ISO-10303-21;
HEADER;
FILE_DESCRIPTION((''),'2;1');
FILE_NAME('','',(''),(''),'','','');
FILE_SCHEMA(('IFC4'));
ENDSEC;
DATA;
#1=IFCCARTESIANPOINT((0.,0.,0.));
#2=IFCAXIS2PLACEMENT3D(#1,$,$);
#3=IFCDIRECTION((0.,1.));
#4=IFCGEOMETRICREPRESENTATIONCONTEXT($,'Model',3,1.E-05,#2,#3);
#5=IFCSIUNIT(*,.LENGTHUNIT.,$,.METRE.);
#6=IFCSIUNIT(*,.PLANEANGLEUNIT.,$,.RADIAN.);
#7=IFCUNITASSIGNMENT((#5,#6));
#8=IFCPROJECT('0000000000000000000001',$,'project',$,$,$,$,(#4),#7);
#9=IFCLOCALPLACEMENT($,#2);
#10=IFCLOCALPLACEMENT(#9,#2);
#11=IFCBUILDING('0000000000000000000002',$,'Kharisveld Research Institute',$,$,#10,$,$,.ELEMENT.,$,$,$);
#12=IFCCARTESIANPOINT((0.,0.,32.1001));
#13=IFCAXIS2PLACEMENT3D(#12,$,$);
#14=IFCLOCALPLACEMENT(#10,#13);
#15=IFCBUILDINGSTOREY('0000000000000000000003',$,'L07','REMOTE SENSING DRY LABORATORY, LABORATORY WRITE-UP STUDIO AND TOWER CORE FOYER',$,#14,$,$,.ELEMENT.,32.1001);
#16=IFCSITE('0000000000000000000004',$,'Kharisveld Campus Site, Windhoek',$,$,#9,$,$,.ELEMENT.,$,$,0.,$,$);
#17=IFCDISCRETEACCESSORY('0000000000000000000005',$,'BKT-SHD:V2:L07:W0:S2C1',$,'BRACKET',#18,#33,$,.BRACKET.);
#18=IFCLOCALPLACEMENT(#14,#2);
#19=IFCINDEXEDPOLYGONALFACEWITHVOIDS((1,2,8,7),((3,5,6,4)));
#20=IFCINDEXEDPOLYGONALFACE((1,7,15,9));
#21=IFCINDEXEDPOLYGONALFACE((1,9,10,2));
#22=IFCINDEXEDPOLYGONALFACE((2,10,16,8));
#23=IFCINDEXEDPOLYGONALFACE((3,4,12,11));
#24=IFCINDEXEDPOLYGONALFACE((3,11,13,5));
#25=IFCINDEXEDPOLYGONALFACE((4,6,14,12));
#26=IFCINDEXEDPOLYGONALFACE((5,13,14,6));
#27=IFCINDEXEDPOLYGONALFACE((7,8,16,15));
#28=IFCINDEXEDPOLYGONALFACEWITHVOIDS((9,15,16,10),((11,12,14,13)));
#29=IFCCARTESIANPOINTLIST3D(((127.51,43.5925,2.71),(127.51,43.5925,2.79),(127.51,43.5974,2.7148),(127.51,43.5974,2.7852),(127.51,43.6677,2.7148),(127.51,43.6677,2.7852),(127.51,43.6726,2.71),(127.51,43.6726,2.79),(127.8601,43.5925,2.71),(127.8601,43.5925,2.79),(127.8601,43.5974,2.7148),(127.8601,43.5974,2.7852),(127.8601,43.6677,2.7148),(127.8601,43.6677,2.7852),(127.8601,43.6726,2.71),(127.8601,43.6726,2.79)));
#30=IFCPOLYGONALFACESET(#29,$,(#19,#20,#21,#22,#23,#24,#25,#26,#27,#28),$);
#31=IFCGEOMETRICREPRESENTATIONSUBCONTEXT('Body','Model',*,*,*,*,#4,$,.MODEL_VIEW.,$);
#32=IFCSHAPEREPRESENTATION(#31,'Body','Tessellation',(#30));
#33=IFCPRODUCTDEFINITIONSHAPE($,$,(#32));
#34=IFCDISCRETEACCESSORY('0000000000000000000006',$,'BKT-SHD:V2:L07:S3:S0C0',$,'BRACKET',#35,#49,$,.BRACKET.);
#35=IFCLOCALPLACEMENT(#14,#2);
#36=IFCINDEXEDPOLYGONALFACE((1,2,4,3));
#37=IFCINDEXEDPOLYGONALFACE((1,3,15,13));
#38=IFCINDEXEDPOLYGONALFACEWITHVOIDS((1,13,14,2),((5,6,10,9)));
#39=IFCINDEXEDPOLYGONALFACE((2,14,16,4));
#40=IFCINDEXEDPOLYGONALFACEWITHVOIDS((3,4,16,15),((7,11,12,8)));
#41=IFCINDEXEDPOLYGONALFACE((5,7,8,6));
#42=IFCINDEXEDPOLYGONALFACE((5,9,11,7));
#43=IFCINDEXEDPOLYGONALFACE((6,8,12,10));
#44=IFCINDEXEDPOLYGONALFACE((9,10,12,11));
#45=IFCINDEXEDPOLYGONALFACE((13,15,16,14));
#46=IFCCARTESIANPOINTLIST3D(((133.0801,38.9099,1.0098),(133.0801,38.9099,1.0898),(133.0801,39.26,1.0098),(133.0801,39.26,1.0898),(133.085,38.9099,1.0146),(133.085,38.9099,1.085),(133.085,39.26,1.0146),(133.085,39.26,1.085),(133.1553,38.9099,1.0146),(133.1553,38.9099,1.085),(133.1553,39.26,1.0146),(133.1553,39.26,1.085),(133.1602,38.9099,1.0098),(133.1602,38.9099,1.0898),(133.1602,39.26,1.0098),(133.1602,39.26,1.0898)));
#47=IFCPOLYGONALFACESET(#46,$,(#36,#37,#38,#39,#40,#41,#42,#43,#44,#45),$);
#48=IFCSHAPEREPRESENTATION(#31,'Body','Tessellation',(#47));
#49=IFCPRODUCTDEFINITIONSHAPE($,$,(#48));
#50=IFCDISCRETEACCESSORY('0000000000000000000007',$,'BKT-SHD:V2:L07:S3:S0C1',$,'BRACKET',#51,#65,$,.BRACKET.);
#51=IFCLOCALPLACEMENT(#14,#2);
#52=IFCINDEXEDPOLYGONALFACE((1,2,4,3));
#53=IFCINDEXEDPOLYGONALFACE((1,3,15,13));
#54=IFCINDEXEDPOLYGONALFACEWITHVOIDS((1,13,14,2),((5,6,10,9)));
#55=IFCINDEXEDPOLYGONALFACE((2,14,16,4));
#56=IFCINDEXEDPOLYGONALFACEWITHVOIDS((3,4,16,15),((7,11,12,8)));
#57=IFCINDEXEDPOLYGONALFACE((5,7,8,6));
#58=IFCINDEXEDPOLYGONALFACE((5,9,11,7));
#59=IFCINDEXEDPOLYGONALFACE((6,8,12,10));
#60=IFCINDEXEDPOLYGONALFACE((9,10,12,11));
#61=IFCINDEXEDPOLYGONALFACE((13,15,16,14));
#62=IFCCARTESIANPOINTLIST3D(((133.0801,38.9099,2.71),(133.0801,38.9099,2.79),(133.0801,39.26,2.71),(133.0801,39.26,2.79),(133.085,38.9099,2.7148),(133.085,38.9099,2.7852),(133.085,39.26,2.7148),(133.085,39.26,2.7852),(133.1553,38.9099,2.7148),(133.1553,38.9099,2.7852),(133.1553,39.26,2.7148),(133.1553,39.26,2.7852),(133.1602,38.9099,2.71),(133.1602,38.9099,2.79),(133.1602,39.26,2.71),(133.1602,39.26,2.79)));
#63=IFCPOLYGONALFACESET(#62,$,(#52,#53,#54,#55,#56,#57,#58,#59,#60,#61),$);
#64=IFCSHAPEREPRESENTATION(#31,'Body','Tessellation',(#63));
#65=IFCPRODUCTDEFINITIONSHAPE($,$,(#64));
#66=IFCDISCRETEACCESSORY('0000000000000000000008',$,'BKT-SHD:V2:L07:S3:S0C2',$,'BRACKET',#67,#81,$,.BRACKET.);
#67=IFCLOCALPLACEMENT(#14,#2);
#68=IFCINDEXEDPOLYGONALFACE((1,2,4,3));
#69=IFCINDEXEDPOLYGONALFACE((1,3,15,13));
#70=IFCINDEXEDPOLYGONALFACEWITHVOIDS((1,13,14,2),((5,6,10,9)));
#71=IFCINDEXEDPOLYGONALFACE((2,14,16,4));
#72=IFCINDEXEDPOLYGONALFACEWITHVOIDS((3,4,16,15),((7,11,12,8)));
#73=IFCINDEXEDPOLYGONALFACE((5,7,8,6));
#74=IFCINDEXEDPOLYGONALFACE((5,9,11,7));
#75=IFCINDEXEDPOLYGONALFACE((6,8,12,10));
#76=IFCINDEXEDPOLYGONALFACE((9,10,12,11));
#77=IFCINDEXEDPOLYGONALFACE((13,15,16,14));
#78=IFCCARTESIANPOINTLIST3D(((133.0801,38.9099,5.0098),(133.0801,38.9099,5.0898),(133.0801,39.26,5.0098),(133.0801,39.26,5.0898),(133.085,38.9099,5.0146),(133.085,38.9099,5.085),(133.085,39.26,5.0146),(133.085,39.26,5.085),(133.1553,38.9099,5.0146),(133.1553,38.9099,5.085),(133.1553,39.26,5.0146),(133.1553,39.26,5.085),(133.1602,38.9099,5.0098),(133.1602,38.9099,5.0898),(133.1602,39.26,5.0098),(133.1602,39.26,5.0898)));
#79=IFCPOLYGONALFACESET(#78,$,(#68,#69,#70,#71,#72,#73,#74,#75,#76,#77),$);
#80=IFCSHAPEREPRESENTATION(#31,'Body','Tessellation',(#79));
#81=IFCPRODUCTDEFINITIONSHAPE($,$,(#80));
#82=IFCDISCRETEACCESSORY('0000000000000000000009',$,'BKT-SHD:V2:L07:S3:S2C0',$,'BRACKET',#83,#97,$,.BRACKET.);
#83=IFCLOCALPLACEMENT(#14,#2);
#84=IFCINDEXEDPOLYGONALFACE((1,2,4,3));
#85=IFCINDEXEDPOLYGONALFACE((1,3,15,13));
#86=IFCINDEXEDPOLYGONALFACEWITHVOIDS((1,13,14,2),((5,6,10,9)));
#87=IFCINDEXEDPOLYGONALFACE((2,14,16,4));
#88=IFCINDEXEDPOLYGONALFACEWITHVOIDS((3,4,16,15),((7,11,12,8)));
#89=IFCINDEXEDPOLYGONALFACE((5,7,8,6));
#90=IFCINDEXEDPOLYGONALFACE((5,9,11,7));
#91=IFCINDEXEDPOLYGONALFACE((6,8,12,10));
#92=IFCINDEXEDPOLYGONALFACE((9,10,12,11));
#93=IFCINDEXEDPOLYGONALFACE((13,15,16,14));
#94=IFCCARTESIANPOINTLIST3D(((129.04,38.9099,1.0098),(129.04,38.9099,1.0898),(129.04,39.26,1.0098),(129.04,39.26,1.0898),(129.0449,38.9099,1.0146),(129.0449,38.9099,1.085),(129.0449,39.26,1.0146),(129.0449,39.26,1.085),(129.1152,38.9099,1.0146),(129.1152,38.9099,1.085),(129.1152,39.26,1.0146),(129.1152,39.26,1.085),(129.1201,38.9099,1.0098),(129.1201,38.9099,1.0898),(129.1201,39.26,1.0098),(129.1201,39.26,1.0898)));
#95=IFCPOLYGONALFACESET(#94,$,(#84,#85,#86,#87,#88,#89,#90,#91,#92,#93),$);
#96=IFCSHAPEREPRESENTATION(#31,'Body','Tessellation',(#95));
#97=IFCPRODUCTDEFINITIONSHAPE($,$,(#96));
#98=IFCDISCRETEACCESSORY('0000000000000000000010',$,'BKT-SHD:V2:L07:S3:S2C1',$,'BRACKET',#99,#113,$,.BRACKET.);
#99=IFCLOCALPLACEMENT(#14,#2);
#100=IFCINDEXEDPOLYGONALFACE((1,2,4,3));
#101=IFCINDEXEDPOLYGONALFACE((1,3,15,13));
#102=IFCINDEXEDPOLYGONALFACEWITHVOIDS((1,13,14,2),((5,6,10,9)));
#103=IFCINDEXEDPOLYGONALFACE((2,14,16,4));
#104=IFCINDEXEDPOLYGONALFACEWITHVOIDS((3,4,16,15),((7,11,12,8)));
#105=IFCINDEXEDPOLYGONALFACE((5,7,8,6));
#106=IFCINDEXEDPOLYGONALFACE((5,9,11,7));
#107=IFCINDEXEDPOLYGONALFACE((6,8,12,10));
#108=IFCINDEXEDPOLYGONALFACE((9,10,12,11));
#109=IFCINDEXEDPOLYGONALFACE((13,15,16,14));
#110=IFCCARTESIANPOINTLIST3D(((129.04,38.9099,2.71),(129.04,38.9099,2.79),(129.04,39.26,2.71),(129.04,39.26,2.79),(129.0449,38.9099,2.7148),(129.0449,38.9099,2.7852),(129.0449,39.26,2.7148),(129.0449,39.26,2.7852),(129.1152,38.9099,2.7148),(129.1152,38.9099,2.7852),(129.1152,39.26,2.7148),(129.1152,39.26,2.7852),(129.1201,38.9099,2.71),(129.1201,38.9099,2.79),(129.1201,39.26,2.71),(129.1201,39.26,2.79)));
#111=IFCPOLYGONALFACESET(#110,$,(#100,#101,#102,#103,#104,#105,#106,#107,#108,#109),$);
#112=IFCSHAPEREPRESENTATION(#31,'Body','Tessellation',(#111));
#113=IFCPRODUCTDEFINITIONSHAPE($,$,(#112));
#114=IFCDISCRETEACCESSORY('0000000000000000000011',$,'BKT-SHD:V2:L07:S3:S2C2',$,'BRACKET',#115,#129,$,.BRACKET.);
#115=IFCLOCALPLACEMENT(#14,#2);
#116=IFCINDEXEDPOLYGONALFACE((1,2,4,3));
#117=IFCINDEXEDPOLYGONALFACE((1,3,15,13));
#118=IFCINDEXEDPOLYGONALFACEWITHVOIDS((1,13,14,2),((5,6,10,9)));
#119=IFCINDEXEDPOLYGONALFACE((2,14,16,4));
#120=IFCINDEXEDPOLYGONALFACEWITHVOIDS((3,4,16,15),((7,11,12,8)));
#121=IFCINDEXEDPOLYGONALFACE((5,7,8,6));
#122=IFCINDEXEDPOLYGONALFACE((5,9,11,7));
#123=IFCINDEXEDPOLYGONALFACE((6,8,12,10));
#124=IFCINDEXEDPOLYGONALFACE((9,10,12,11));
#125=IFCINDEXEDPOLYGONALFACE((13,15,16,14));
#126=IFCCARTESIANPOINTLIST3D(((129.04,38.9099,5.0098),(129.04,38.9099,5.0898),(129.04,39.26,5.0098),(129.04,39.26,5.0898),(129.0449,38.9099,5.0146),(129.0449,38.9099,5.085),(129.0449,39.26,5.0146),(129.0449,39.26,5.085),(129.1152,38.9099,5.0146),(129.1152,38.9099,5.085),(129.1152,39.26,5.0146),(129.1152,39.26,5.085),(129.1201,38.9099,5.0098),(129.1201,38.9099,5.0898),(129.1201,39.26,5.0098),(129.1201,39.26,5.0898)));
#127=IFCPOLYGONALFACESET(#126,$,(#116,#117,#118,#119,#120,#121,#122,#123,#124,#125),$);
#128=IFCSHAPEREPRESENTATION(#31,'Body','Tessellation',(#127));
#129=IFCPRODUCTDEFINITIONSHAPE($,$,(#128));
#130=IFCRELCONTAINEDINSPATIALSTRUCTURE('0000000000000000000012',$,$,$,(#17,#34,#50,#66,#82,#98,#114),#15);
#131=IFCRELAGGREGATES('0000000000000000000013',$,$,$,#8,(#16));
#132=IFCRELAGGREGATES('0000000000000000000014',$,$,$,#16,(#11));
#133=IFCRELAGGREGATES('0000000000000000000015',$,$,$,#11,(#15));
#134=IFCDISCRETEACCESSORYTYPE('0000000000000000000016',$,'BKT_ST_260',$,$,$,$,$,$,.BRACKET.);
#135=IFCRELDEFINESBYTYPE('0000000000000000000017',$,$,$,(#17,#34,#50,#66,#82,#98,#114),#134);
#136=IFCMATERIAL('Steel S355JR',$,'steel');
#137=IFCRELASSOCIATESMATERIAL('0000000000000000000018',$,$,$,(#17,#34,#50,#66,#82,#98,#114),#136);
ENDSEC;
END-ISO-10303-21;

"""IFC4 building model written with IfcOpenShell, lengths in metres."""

from ifc_helpers import new_model, si_unit, direction, frame, origin, origin_2d, place, context, subcontext, project, spatial, hollow_rectangle, extrude, material, type_object, element, save


model = new_model("IFC4")

# Units and contexts
model_context = context("Model", 3, precision=1e-05, world=origin(), true_north=direction((0.0, 1.0)))
body_context = subcontext(model_context, "Body", "Model", "MODEL_VIEW")
ifc_project = project(units=[si_unit("LENGTHUNIT", "METRE"), si_unit("PLANEANGLEUNIT", "RADIAN")], contexts=[model_context])

# Site, building, storey
site_placement = place(None, origin())
site = spatial("IfcSite", under=ifc_project, at=site_placement, Name="Kharisveld Campus Site, Windhoek", CompositionType="ELEMENT", RefElevation=0.0)
building_placement = place(site_placement, origin())
building = spatial("IfcBuilding", under=site, at=building_placement, Name="Kharisveld Research Institute", CompositionType="ELEMENT")
storey_placement = place(building_placement, frame((0.0, 0.0, 32.1001)))
storey = spatial("IfcBuildingStorey", under=building, at=storey_placement, Name="L07", Description="REMOTE SENSING DRY LABORATORY, LABORATORY WRITE-UP STUDIO AND TOWER CORE FOYER", CompositionType="ELEMENT", Elevation=32.1001)

# Discrete accessories
ifc_material_1 = material(Name="Steel S355JR", Category="steel")
discrete_accessory_type = type_object("IfcDiscreteAccessoryType", Name="BKT_ST_260", PredefinedType="BRACKET")
for number, where, z_axis, x_axis, name in (
    (1, (127.8601, 43.6326, 2.75), (-1.0, 0.0, 0.0), (0.0, -1.0, 0.0), "BKT-SHD:V2:L07:W0:S2C1"),
    (2, (133.1201, 39.26, 1.0498), (0.0, -1.0, 0.0), (1.0, 0.0, 0.0), "BKT-SHD:V2:L07:S3:S0C0"),
    (3, (133.1201, 39.26, 2.75), (0.0, -1.0, 0.0), (1.0, 0.0, 0.0), "BKT-SHD:V2:L07:S3:S0C1"),
    (4, (133.1201, 39.26, 5.0498), (0.0, -1.0, 0.0), (1.0, 0.0, 0.0), "BKT-SHD:V2:L07:S3:S0C2"),
    (5, (129.0801, 39.26, 1.0498), (0.0, -1.0, 0.0), (1.0, 0.0, 0.0), "BKT-SHD:V2:L07:S3:S2C0"),
    (6, (129.0801, 39.26, 2.75), (0.0, -1.0, 0.0), (1.0, 0.0, 0.0), "BKT-SHD:V2:L07:S3:S2C1"),
    (7, (129.0801, 39.26, 5.0498), (0.0, -1.0, 0.0), (1.0, 0.0, 0.0), "BKT-SHD:V2:L07:S3:S2C2"),
):
    element("IfcDiscreteAccessory", number, at=place(storey_placement, frame(where, z_axis=z_axis, x_axis=x_axis)), inside=storey, type_object=discrete_accessory_type, material=ifc_material_1, Name=name, ObjectType="BRACKET", PredefinedType="BRACKET", context=body_context, shape_type="SweptSolid", body=[
        extrude(hollow_rectangle(XDim=0.0801, YDim=0.0801, WallThickness=0.0049, at=origin_2d()), origin(), (0.0, 0.0, 1.0), 0.3501),
    ])

save(model, "model.ifc")
